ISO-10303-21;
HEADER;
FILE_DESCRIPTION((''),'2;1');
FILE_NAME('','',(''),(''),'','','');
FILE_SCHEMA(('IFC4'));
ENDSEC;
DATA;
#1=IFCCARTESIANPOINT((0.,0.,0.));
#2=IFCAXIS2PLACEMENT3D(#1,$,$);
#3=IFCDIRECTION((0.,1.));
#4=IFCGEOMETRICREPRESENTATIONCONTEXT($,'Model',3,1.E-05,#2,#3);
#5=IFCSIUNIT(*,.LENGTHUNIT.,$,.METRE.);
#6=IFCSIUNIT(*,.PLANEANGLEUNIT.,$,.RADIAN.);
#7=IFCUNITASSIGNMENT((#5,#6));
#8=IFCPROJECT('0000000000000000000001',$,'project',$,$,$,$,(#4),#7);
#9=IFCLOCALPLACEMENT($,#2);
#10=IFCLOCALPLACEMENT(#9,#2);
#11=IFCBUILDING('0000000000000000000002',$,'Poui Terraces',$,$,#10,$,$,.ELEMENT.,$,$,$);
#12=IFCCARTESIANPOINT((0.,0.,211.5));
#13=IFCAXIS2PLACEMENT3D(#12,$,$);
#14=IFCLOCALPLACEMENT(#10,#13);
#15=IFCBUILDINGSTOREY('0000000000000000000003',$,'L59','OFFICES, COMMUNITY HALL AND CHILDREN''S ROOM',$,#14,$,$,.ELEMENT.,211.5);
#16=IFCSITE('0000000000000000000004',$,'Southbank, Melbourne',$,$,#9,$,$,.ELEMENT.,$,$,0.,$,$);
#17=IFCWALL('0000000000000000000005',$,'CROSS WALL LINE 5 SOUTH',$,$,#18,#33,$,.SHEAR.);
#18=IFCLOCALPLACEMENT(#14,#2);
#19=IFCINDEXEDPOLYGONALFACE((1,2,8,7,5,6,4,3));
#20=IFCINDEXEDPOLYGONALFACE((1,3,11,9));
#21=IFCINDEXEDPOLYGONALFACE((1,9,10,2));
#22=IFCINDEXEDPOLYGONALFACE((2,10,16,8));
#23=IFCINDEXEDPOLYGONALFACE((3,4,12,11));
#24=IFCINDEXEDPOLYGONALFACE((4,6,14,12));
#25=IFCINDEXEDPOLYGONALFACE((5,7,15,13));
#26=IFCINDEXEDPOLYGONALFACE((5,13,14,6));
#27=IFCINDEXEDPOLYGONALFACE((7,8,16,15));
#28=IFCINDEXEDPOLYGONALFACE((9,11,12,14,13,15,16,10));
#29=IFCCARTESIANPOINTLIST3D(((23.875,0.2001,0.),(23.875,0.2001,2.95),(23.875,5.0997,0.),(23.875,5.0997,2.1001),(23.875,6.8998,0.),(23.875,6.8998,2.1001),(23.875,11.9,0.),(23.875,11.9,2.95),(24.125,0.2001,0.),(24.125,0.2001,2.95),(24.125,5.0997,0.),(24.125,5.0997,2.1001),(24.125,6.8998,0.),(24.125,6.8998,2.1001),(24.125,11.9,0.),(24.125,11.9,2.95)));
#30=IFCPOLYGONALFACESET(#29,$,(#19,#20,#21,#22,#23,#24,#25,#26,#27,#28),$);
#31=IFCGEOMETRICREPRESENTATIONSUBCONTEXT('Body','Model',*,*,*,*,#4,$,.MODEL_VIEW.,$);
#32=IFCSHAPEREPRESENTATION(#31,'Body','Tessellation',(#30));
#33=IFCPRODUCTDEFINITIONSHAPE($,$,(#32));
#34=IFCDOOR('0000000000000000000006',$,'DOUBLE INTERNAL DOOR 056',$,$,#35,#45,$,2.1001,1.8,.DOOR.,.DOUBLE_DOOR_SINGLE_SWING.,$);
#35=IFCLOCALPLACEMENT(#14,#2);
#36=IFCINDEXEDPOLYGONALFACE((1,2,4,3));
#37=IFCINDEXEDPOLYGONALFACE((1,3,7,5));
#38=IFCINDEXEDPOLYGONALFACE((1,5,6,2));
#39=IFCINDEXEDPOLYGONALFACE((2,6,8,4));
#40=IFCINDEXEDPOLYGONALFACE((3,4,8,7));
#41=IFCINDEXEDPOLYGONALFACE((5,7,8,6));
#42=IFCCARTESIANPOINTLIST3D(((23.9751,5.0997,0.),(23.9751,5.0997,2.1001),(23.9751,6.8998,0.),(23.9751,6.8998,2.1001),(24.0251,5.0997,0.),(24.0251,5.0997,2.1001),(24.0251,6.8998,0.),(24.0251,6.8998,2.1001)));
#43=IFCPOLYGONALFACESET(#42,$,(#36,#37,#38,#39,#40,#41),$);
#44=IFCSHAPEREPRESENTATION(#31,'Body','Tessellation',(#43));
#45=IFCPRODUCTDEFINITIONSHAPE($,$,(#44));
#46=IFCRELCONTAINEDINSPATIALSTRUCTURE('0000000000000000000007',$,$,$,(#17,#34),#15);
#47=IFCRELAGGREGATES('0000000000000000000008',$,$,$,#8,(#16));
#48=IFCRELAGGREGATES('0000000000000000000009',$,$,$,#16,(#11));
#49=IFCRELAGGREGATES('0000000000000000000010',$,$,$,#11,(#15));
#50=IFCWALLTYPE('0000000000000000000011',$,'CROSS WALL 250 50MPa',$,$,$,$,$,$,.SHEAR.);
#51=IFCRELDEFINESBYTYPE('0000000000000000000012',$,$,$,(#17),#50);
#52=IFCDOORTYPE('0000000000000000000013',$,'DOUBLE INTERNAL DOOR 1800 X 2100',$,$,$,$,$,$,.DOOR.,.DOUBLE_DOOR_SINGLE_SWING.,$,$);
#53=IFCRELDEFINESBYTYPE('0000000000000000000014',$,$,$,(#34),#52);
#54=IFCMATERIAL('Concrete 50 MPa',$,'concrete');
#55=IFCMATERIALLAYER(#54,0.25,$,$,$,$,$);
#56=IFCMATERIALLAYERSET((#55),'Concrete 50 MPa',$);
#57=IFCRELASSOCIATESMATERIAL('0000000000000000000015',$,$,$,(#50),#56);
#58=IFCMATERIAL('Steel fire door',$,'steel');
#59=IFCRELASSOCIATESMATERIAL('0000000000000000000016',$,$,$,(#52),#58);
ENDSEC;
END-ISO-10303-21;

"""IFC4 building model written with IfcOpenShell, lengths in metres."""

from ifc_helpers import new_model, si_unit, direction, frame, frame_2d, origin, place, context, subcontext, project, spatial, rectangle, extrude, material, layer, layer_set, type_object, element, fill, save


model = new_model("IFC4")

# Units and contexts
model_context = context("Model", 3, precision=1e-05, world=origin(), true_north=direction((0.0, 1.0)))
body_context = subcontext(model_context, "Body", "Model", "MODEL_VIEW")
ifc_project = project(units=[si_unit("LENGTHUNIT", "METRE"), si_unit("PLANEANGLEUNIT", "RADIAN")], contexts=[model_context])

# Site, building, storey
site_placement = place(None, origin())
site = spatial("IfcSite", under=ifc_project, at=site_placement, Name="Southbank, Melbourne", CompositionType="ELEMENT", RefElevation=0.0)
building_placement = place(site_placement, origin())
building = spatial("IfcBuilding", under=site, at=building_placement, Name="Poui Terraces", CompositionType="ELEMENT")
storey_placement = place(building_placement, frame((0.0, 0.0, 211.5)))
storey = spatial("IfcBuildingStorey", under=building, at=storey_placement, Name="L59", Description="OFFICES, COMMUNITY HALL AND CHILDREN'S ROOM", CompositionType="ELEMENT", Elevation=211.5)

# Wall, opening, door
ifc_material_1 = material(Name="Concrete 50 MPa", Category="concrete")
ifc_layer_1 = layer(ifc_material_1, 0.25)
ifc_layer_set_1 = layer_set([ifc_layer_1], Name="Concrete 50 MPa")
wall_type_1 = type_object("IfcWallType", Name="CROSS WALL 250 50MPa", PredefinedType="SHEAR", material=ifc_layer_set_1)
wall_1_placement = place(storey_placement, frame((24.0, 0.2, 0.0), z_axis=(0.0, 0.0, 1.0), x_axis=(0.0, 1.0, 0.0)))
wall_1 = element("IfcWall", 1, at=wall_1_placement, inside=storey, type_object=wall_type_1, Name="CROSS WALL LINE 5 SOUTH", PredefinedType="SHEAR", context=body_context, shape_type="SweptSolid", body=[
    extrude(rectangle(XDim=11.7, YDim=0.25, at=frame_2d((5.8501, 0.0))), origin(), (0.0, 0.0, 1.0), 2.95),
])
opening_1_placement = place(wall_1_placement, frame((4.8999, 0.0, 0.0)))
opening_1 = element("IfcOpeningElement", 2, at=opening_1_placement, cuts=wall_1, PredefinedType="OPENING", context=body_context, shape_type="SweptSolid", body=[
    extrude(rectangle(XDim=1.8, YDim=2.1001, at=frame_2d((0.8999, 1.05))), frame((0.0, 0.135, 0.0), z_axis=(0.0, -1.0, 0.0), x_axis=(1.0, 0.0, 0.0)), (0.0, 0.0, 1.0), 0.27),
])
ifc_material_2 = material(Name="Steel fire door", Category="steel")
door_type = type_object("IfcDoorType", Name="DOUBLE INTERNAL DOOR 1800 X 2100", OperationType="DOUBLE_DOOR_SINGLE_SWING", PredefinedType="DOOR", material=ifc_material_2)
door_placement = place(opening_1_placement, origin())
door = element("IfcDoor", 3, at=door_placement, inside=storey, type_object=door_type, Name="DOUBLE INTERNAL DOOR 056", OperationType="DOUBLE_DOOR_SINGLE_SWING", OverallHeight=2.1001, OverallWidth=1.8, PredefinedType="DOOR", context=body_context, shape_type="SweptSolid", body=[
    extrude(rectangle(XDim=1.8, YDim=2.1001, at=frame_2d((0.8999, 1.05))), frame((0.0, 0.0249, 0.0), z_axis=(0.0, -1.0, 0.0), x_axis=(1.0, 0.0, 0.0)), (0.0, 0.0, 1.0), 0.05),
])
fill(opening_1, door)

save(model, "model.ifc")
